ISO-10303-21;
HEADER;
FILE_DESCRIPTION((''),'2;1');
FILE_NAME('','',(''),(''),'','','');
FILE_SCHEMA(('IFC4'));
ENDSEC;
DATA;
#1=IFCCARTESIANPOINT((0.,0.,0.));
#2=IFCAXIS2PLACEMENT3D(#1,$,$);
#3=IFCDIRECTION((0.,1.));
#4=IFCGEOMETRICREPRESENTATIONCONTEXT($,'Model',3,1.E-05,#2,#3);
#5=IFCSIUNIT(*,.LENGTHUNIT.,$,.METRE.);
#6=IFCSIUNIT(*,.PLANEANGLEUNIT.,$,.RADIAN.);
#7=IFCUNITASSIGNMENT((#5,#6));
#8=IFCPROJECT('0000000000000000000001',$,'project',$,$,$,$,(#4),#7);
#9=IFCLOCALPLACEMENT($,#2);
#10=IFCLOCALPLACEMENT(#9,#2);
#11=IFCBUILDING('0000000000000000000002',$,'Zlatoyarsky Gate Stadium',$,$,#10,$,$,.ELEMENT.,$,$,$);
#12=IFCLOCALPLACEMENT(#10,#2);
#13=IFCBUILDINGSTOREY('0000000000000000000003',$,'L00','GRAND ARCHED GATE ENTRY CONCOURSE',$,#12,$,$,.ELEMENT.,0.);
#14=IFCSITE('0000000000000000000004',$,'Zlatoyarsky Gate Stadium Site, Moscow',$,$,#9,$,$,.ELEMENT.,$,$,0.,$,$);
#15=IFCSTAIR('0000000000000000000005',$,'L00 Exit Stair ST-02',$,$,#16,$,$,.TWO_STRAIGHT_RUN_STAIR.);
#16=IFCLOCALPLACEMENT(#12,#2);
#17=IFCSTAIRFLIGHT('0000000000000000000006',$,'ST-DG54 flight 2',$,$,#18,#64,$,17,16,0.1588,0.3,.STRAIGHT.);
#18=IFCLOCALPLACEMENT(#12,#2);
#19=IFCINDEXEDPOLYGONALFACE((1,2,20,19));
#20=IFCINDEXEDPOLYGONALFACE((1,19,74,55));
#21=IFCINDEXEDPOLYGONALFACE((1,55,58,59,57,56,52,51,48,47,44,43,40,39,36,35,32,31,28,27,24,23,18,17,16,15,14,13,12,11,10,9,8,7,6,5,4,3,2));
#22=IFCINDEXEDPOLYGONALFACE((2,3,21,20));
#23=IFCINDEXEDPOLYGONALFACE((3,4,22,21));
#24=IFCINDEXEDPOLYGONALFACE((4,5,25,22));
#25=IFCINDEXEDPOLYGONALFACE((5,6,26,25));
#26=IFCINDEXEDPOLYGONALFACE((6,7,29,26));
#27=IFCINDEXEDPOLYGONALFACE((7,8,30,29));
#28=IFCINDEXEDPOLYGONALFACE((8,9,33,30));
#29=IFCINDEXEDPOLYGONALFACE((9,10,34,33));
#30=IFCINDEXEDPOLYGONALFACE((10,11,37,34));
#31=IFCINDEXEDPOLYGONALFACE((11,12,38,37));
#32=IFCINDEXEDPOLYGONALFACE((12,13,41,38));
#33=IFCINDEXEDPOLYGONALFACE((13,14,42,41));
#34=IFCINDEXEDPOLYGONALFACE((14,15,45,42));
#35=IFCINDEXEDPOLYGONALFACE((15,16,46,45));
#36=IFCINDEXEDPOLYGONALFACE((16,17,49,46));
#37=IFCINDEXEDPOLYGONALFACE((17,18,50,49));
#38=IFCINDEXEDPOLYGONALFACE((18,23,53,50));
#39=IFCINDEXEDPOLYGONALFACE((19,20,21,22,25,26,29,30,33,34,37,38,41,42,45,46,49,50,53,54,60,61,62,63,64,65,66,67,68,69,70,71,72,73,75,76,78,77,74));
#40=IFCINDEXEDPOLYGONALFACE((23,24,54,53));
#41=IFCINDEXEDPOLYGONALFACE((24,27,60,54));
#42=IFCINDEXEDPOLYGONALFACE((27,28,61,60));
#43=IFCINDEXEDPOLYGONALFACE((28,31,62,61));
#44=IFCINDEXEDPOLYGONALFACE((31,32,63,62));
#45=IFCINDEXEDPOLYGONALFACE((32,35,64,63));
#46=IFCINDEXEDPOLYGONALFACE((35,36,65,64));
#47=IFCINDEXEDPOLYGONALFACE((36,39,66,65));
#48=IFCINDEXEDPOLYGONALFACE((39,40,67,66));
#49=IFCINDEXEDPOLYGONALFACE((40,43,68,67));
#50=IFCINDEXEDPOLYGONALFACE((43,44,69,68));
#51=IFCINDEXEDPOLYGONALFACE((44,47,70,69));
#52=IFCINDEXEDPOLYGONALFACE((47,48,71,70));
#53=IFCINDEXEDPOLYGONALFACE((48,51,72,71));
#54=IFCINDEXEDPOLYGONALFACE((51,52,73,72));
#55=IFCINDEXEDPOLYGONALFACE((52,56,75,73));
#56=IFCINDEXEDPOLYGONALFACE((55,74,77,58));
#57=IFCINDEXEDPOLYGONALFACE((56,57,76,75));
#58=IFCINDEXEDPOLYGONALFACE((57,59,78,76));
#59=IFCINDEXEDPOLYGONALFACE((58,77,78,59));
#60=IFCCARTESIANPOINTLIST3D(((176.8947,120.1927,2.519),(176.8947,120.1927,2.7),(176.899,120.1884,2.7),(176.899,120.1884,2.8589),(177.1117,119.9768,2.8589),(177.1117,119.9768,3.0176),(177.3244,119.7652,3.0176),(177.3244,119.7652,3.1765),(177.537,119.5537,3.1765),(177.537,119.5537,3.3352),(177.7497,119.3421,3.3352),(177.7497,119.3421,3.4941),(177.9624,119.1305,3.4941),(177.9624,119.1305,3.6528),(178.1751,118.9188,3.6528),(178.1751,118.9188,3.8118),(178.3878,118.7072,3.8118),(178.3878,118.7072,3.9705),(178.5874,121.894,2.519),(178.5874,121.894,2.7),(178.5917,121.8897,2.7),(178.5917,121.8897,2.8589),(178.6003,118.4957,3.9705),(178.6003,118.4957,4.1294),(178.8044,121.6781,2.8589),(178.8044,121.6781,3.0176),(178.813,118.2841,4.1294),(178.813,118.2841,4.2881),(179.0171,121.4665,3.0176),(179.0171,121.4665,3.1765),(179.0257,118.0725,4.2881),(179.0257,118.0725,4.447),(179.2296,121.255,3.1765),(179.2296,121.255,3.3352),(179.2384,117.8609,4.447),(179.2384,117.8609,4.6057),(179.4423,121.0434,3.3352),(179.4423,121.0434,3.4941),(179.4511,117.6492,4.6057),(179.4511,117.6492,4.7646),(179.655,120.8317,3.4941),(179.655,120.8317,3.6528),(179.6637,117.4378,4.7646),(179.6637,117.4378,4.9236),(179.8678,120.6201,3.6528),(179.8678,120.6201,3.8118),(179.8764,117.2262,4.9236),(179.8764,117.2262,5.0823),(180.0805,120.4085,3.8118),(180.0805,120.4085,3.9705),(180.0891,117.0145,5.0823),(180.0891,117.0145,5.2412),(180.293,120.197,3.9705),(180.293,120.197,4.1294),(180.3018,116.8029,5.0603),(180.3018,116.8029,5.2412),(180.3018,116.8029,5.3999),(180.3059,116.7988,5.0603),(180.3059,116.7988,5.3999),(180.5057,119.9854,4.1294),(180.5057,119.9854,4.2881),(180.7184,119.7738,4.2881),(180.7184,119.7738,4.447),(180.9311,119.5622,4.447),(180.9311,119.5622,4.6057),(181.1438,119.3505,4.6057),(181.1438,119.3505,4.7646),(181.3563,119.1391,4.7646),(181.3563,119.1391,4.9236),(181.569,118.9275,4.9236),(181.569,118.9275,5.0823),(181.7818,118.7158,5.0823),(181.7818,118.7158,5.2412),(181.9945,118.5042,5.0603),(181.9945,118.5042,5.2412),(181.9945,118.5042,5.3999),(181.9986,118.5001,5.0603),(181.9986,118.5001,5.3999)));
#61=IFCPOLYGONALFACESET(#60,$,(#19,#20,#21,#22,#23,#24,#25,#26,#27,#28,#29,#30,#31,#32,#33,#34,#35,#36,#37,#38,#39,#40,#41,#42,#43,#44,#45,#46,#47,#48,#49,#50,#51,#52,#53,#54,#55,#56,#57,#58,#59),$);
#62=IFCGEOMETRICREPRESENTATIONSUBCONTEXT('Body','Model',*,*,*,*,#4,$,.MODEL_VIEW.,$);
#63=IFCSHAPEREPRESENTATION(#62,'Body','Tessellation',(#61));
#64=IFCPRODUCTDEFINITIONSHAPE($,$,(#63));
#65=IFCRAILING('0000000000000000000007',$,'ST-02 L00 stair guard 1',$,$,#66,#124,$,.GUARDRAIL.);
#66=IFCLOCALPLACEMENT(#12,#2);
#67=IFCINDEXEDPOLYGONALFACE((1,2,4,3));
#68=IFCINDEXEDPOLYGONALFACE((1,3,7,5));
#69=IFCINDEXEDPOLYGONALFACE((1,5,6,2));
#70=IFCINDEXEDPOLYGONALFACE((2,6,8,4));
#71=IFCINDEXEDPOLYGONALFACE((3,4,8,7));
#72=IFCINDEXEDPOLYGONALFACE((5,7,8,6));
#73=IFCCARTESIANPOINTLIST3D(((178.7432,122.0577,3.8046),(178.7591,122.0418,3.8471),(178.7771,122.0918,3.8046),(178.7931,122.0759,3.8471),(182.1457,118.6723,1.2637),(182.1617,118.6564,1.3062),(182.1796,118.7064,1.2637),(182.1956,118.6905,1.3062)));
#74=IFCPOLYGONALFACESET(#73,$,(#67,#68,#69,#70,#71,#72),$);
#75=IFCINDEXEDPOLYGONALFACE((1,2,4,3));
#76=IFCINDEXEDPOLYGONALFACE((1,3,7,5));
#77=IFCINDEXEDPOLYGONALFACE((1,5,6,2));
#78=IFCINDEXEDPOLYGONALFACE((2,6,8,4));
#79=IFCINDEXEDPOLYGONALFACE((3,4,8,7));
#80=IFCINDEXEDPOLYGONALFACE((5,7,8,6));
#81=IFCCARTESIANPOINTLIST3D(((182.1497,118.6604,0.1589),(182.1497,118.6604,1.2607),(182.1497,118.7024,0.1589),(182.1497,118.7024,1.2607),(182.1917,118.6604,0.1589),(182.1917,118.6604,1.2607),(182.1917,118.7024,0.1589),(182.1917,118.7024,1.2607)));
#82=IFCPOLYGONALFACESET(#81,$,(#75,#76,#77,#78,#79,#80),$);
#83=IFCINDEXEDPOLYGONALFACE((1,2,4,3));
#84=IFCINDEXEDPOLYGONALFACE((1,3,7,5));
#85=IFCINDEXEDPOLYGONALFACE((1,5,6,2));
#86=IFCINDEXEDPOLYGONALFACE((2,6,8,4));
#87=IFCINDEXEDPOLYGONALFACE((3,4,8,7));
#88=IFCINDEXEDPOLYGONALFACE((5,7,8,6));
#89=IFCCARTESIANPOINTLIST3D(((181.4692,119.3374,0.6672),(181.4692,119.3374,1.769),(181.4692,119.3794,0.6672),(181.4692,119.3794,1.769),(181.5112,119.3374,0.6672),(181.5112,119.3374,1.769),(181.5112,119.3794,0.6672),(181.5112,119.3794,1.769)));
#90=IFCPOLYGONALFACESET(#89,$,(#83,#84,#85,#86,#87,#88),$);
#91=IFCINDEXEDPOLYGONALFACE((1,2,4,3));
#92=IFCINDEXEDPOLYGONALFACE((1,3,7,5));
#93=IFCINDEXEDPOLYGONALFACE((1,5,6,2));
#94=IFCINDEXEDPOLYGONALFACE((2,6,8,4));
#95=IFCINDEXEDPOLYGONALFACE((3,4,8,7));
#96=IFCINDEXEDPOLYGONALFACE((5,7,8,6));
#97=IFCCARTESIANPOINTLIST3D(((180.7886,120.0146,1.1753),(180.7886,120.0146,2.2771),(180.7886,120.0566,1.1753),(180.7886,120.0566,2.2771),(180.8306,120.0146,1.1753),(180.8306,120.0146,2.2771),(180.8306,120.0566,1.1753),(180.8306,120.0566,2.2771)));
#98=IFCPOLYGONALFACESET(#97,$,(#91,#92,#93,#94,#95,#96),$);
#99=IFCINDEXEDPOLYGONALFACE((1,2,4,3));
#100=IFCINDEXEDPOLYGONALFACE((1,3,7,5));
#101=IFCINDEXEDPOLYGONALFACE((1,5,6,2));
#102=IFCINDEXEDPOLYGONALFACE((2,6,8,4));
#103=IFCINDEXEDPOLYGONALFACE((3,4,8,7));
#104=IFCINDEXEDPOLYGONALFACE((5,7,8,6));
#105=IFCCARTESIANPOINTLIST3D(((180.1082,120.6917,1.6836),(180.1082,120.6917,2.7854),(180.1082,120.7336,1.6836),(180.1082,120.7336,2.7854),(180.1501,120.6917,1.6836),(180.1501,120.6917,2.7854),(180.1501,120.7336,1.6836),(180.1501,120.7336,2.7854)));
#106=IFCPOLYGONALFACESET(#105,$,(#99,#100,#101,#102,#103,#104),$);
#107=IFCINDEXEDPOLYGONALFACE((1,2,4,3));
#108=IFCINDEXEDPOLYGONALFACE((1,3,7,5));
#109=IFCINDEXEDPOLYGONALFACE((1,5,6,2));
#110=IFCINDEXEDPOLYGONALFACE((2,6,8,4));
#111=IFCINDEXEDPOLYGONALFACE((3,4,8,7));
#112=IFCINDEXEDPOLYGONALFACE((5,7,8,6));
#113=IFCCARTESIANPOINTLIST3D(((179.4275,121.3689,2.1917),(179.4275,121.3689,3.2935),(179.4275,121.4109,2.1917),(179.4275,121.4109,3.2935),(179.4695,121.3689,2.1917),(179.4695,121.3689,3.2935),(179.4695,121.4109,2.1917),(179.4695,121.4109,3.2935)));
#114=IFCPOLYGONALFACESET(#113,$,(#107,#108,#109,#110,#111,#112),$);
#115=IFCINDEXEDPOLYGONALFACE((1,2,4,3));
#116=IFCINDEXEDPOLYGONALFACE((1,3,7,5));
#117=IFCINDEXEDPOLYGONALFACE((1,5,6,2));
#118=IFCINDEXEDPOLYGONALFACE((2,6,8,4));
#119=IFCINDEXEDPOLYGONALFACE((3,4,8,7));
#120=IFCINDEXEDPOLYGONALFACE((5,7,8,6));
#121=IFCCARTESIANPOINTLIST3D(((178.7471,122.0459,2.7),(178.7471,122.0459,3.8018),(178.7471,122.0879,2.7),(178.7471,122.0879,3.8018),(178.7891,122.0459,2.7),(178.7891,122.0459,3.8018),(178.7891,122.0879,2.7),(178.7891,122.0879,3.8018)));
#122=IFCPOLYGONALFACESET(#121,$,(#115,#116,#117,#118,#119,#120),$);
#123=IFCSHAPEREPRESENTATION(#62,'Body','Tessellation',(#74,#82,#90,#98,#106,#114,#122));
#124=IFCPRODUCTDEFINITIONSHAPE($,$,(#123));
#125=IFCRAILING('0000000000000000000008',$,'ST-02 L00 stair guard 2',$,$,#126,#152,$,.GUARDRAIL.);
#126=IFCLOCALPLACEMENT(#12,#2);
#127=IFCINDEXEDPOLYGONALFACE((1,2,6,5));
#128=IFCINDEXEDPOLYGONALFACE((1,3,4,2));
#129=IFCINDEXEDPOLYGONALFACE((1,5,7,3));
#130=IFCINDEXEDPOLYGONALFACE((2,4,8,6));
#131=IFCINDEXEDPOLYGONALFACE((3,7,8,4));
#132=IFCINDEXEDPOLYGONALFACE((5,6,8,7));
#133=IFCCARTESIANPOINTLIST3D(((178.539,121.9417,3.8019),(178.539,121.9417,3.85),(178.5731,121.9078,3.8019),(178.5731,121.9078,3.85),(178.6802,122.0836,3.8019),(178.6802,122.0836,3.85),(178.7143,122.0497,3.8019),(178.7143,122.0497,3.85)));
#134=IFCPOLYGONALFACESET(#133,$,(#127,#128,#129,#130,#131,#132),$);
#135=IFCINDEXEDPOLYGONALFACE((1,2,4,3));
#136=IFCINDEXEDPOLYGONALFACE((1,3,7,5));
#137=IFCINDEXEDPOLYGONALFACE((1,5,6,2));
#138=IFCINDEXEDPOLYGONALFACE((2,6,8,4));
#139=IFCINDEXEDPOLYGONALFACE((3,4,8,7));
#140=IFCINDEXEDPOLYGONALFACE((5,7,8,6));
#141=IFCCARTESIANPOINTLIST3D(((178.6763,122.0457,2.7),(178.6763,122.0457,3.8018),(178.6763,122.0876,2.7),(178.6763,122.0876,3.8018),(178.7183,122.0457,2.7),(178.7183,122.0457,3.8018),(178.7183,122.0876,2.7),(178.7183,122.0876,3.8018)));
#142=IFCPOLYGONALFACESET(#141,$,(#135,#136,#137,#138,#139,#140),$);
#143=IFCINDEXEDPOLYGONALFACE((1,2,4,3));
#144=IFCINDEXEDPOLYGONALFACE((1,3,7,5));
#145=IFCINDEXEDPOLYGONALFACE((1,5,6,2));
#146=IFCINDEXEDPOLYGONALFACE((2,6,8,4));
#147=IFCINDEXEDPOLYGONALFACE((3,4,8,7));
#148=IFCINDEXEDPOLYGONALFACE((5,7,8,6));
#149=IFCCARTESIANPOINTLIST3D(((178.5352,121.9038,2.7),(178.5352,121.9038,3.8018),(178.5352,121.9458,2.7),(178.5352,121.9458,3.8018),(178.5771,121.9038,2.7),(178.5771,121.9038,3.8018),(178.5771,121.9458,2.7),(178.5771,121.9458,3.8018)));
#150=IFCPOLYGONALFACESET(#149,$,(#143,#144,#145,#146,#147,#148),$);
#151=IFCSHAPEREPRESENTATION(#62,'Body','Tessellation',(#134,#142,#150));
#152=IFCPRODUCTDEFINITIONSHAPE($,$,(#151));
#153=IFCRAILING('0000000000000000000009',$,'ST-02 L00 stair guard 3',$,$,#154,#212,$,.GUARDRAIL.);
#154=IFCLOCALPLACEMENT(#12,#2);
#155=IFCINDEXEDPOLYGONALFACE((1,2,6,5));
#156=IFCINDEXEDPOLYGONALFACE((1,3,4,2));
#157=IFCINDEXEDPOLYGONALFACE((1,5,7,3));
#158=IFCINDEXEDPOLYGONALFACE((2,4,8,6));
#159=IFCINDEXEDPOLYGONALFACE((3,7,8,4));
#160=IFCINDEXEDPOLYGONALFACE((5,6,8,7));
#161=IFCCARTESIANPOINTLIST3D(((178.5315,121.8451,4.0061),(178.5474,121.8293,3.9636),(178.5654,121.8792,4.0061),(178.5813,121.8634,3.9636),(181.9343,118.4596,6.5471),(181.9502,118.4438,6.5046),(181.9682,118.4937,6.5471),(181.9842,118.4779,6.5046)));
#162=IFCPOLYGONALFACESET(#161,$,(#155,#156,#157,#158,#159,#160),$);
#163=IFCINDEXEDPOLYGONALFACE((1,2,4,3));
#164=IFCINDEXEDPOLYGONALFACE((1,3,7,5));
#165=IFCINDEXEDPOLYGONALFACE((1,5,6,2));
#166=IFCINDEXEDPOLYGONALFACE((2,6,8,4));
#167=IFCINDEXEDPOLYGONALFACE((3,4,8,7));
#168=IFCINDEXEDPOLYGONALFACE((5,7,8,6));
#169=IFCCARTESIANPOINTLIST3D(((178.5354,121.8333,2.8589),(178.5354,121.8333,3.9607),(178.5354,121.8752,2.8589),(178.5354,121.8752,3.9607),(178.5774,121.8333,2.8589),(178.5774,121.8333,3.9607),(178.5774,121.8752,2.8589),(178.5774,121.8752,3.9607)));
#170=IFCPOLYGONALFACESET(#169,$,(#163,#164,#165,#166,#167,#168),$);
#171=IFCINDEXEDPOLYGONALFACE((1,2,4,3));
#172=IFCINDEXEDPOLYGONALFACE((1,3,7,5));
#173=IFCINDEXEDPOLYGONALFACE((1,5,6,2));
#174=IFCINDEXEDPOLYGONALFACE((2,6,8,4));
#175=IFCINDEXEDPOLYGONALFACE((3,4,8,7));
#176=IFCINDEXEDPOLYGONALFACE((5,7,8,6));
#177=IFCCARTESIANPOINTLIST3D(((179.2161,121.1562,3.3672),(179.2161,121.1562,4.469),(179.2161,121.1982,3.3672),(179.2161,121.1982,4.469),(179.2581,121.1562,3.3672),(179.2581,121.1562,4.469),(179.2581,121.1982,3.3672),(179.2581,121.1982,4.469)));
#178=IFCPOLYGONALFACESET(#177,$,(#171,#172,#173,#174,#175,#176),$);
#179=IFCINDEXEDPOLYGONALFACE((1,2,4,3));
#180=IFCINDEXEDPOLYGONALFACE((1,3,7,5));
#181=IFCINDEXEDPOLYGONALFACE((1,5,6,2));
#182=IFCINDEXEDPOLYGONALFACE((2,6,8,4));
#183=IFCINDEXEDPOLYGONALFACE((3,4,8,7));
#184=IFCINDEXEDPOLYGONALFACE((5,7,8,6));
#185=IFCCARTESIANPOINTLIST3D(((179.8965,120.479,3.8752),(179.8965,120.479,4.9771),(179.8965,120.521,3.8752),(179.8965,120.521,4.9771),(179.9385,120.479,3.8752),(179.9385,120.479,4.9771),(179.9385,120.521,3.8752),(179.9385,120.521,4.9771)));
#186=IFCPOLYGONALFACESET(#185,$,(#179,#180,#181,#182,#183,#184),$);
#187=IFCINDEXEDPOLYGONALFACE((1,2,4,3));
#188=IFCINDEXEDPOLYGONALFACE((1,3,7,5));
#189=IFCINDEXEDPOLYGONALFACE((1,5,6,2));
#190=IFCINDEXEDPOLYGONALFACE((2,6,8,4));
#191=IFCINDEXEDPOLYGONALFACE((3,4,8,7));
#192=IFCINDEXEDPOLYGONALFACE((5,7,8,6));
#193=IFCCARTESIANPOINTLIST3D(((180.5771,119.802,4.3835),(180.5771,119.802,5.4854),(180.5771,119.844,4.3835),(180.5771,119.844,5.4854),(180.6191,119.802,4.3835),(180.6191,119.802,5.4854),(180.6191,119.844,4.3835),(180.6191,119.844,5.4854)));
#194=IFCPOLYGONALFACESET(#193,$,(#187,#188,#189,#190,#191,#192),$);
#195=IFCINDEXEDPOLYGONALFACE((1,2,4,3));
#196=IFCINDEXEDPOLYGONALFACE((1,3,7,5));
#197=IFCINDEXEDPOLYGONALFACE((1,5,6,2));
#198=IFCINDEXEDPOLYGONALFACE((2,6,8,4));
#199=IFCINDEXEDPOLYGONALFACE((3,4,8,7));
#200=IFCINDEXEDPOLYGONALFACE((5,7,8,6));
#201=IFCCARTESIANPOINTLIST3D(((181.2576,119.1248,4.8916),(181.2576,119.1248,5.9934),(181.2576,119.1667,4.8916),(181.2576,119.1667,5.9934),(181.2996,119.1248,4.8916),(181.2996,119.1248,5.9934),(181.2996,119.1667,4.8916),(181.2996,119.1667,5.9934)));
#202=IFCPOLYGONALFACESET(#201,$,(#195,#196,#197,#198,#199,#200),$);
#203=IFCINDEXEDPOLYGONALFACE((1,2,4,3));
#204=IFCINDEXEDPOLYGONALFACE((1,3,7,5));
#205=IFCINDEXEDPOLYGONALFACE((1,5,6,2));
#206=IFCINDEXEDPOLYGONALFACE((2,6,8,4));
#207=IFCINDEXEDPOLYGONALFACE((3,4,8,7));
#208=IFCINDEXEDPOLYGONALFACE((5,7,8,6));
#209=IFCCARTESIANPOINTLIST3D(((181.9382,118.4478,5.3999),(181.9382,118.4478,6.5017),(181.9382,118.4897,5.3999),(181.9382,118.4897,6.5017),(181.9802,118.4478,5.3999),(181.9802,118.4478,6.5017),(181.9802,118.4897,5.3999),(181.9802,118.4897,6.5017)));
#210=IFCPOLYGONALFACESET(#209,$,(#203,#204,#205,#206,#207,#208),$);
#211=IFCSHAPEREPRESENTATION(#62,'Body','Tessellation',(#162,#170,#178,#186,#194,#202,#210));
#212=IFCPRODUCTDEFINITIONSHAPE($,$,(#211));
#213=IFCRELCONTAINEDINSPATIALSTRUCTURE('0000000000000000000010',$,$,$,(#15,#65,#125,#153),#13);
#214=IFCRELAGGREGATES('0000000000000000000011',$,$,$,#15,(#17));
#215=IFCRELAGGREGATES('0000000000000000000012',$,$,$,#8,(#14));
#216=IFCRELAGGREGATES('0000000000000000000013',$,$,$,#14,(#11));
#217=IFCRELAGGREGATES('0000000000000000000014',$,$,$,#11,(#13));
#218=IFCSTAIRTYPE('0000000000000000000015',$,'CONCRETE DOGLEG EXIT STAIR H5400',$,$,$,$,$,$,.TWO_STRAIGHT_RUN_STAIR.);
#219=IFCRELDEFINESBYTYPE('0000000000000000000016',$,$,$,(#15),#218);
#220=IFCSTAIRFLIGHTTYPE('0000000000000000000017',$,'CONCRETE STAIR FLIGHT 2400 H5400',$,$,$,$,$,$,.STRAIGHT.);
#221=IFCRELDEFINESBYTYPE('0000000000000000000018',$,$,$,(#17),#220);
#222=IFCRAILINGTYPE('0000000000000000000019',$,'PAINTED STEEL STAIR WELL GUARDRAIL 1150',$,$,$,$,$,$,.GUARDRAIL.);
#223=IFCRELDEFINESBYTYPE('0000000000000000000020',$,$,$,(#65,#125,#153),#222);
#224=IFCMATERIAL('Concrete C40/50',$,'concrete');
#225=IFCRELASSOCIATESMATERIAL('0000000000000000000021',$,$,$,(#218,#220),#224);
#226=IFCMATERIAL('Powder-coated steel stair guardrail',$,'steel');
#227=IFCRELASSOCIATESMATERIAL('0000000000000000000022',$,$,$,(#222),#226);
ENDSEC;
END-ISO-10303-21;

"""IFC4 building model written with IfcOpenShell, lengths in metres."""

from ifc_helpers import new_model, si_unit, direction, frame, origin, origin_2d, place, context, subcontext, project, spatial, polyline, rectangle, outline, extrude, material, type_object, element, aggregate, save


model = new_model("IFC4")

# Units and contexts
model_context = context("Model", 3, precision=1e-05, world=origin(), true_north=direction((0.0, 1.0)))
body_context = subcontext(model_context, "Body", "Model", "MODEL_VIEW")
ifc_project = project(units=[si_unit("LENGTHUNIT", "METRE"), si_unit("PLANEANGLEUNIT", "RADIAN")], contexts=[model_context])

# Site, building, storey
site_placement = place(None, origin())
site = spatial("IfcSite", under=ifc_project, at=site_placement, Name="Zlatoyarsky Gate Stadium Site, Moscow", CompositionType="ELEMENT", RefElevation=0.0)
building_placement = place(site_placement, origin())
building = spatial("IfcBuilding", under=site, at=building_placement, Name="Zlatoyarsky Gate Stadium", CompositionType="ELEMENT")
storey_placement = place(building_placement, origin())
storey = spatial("IfcBuildingStorey", under=building, at=storey_placement, Name="L00", Description="GRAND ARCHED GATE ENTRY CONCOURSE", CompositionType="ELEMENT", Elevation=0.0)

# Shared definitions
ifc_material_1 = material(Name="Concrete C40/50", Category="concrete")

# Stair, stair flight
stair_type = type_object("IfcStairType", Name="CONCRETE DOGLEG EXIT STAIR H5400", PredefinedType="TWO_STRAIGHT_RUN_STAIR", material=ifc_material_1)
stair_placement = place(storey_placement, origin())
stair = element("IfcStair", 1, at=stair_placement, inside=storey, type_object=stair_type, Name="L00 Exit Stair ST-02", PredefinedType="TWO_STRAIGHT_RUN_STAIR")
stair_flight_type = type_object("IfcStairFlightType", Name="CONCRETE STAIR FLIGHT 2400 H5400", PredefinedType="STRAIGHT", material=ifc_material_1)
stair_flight_1_placement = place(storey_placement, frame((177.7454, 121.0391, 2.7), z_axis=(0.0, 0.0, 1.0), x_axis=(0.708901, -0.705308, 0.0)))
stair_flight_1 = element("IfcStairFlight", 2, at=stair_flight_1_placement, type_object=stair_flight_type, Name="ST-DG54 flight 2", NumberOfRisers=17, NumberOfTreads=16, PredefinedType="STRAIGHT", RiserHeight=0.1588, TreadLength=0.3, context=body_context, shape_type="SweptSolid", body=[
    extrude(outline(polyline([(-0.0061, -0.1809), (-0.0061, 0.0), (0.0, 0.0), (0.0, 0.1589), (0.3, 0.1589), (0.3, 0.3176), (0.6001, 0.3176), (0.6001, 0.4766), (0.8999, 0.4766), (0.8999, 0.6353), (1.2, 0.6353), (1.2, 0.7942), (1.5, 0.7942), (1.5, 0.9529), (1.8, 0.9529), (1.8, 1.1118), (2.1001, 1.1118), (2.1001, 1.2705), (2.3999, 1.2705), (2.3999, 1.4294), (2.7, 1.4294), (2.7, 1.5881), (3.0, 1.5881), (3.0, 1.7471), (3.3, 1.7471), (3.3, 1.9058), (3.6001, 1.9058), (3.6001, 2.0647), (3.8999, 2.0647), (3.8999, 2.2236), (4.2, 2.2236), (4.2, 2.3823), (4.5, 2.3823), (4.5, 2.5413), (4.8, 2.5413), (4.8, 2.7), (4.8059, 2.7), (4.8059, 2.3604), (4.8, 2.3604), (-0.0061, -0.1809)])), frame((0.0, 1.2, 0.0), z_axis=(0.0, -1.0, 0.0), x_axis=(1.0, 0.0, 0.0)), (0.0, 0.0, 1.0), 2.3999),
])
aggregate(stair, [stair_flight_1])

# Railings
ifc_material_2 = material(Name="Powder-coated steel stair guardrail", Category="steel")
railing_type_1 = type_object("IfcRailingType", Name="PAINTED STEEL STAIR WELL GUARDRAIL 1150", PredefinedType="GUARDRAIL", material=ifc_material_2)
railing_1_placement = place(storey_placement, frame((182.1707, 118.6814, 0.1589)))
element("IfcRailing", 3, at=railing_1_placement, inside=storey, type_object=railing_type_1, Name="ST-02 L00 stair guard 1", PredefinedType="GUARDRAIL", context=body_context, shape_type="SweptSolid", body=[
    extrude(rectangle(XDim=0.0481, YDim=0.0481, at=origin_2d()), frame((0.0, 0.0, 1.126), z_axis=(-0.62651, 0.623363, 0.467871), x_axis=(-0.705324, -0.708885, 0.0)), (0.0, 0.0, 1.0), 5.4309),
    extrude(rectangle(XDim=0.042, YDim=0.042, at=origin_2d()), origin(), (0.0, 0.0, 1.0), 1.1018),
    extrude(rectangle(XDim=0.042, YDim=0.042, at=origin_2d()), frame((-0.6804, 0.677, 0.5083)), (0.0, 0.0, 1.0), 1.1018),
    extrude(rectangle(XDim=0.042, YDim=0.042, at=origin_2d()), frame((-1.3611, 1.3542, 1.0164)), (0.0, 0.0, 1.0), 1.1018),
    extrude(rectangle(XDim=0.042, YDim=0.042, at=origin_2d()), frame((-2.0415, 2.0312, 1.5247)), (0.0, 0.0, 1.0), 1.1018),
    extrude(rectangle(XDim=0.042, YDim=0.042, at=origin_2d()), frame((-2.7222, 2.7085, 2.0327)), (0.0, 0.0, 1.0), 1.1018),
    extrude(rectangle(XDim=0.042, YDim=0.042, at=origin_2d()), frame((-3.4026, 3.3855, 2.541)), (0.0, 0.0, 1.0), 1.1018),
])
railing_2_placement = place(storey_placement, frame((178.6973, 122.0667, 2.7)))
element("IfcRailing", 4, at=railing_2_placement, inside=storey, type_object=railing_type_1, Name="ST-02 L00 stair guard 2", PredefinedType="GUARDRAIL", context=body_context, shape_type="SweptSolid", body=[
    extrude(rectangle(XDim=0.0481, YDim=0.0481, at=origin_2d()), frame((0.0, 0.0, 1.126), z_axis=(-0.705274, -0.708935, 0.0), x_axis=(0.708935, -0.705274, 0.0)), (0.0, 0.0, 1.0), 0.2002),
    extrude(rectangle(XDim=0.042, YDim=0.042, at=origin_2d()), origin(), (0.0, 0.0, 1.0), 1.1018),
    extrude(rectangle(XDim=0.042, YDim=0.042, at=origin_2d()), frame((-0.1411, -0.1418, 0.0)), (0.0, 0.0, 1.0), 1.1018),
])
railing_3_placement = place(storey_placement, frame((178.5564, 121.8542, 2.8589)))
element("IfcRailing", 5, at=railing_3_placement, inside=storey, type_object=railing_type_1, Name="ST-02 L00 stair guard 3", PredefinedType="GUARDRAIL", context=body_context, shape_type="SweptSolid", body=[
    extrude(rectangle(XDim=0.0481, YDim=0.0481, at=origin_2d()), frame((0.0, 0.0, 1.126), z_axis=(0.626537, -0.623346, 0.467858), x_axis=(0.705299, 0.70891, 0.0)), (0.0, 0.0, 1.0), 5.4312),
    extrude(rectangle(XDim=0.042, YDim=0.042, at=origin_2d()), origin(), (0.0, 0.0, 1.0), 1.1018),
    extrude(rectangle(XDim=0.042, YDim=0.042, at=origin_2d()), frame((0.6807, -0.677, 0.5083)), (0.0, 0.0, 1.0), 1.1018),
    extrude(rectangle(XDim=0.042, YDim=0.042, at=origin_2d()), frame((1.3611, -1.3542, 1.0164)), (0.0, 0.0, 1.0), 1.1018),
    extrude(rectangle(XDim=0.042, YDim=0.042, at=origin_2d()), frame((2.0417, -2.0312, 1.5247)), (0.0, 0.0, 1.0), 1.1018),
    extrude(rectangle(XDim=0.042, YDim=0.042, at=origin_2d()), frame((2.7222, -2.7085, 2.0327)), (0.0, 0.0, 1.0), 1.1018),
    extrude(rectangle(XDim=0.042, YDim=0.042, at=origin_2d()), frame((3.4028, -3.3855, 2.541)), (0.0, 0.0, 1.0), 1.1018),
])

save(model, "model.ifc")
